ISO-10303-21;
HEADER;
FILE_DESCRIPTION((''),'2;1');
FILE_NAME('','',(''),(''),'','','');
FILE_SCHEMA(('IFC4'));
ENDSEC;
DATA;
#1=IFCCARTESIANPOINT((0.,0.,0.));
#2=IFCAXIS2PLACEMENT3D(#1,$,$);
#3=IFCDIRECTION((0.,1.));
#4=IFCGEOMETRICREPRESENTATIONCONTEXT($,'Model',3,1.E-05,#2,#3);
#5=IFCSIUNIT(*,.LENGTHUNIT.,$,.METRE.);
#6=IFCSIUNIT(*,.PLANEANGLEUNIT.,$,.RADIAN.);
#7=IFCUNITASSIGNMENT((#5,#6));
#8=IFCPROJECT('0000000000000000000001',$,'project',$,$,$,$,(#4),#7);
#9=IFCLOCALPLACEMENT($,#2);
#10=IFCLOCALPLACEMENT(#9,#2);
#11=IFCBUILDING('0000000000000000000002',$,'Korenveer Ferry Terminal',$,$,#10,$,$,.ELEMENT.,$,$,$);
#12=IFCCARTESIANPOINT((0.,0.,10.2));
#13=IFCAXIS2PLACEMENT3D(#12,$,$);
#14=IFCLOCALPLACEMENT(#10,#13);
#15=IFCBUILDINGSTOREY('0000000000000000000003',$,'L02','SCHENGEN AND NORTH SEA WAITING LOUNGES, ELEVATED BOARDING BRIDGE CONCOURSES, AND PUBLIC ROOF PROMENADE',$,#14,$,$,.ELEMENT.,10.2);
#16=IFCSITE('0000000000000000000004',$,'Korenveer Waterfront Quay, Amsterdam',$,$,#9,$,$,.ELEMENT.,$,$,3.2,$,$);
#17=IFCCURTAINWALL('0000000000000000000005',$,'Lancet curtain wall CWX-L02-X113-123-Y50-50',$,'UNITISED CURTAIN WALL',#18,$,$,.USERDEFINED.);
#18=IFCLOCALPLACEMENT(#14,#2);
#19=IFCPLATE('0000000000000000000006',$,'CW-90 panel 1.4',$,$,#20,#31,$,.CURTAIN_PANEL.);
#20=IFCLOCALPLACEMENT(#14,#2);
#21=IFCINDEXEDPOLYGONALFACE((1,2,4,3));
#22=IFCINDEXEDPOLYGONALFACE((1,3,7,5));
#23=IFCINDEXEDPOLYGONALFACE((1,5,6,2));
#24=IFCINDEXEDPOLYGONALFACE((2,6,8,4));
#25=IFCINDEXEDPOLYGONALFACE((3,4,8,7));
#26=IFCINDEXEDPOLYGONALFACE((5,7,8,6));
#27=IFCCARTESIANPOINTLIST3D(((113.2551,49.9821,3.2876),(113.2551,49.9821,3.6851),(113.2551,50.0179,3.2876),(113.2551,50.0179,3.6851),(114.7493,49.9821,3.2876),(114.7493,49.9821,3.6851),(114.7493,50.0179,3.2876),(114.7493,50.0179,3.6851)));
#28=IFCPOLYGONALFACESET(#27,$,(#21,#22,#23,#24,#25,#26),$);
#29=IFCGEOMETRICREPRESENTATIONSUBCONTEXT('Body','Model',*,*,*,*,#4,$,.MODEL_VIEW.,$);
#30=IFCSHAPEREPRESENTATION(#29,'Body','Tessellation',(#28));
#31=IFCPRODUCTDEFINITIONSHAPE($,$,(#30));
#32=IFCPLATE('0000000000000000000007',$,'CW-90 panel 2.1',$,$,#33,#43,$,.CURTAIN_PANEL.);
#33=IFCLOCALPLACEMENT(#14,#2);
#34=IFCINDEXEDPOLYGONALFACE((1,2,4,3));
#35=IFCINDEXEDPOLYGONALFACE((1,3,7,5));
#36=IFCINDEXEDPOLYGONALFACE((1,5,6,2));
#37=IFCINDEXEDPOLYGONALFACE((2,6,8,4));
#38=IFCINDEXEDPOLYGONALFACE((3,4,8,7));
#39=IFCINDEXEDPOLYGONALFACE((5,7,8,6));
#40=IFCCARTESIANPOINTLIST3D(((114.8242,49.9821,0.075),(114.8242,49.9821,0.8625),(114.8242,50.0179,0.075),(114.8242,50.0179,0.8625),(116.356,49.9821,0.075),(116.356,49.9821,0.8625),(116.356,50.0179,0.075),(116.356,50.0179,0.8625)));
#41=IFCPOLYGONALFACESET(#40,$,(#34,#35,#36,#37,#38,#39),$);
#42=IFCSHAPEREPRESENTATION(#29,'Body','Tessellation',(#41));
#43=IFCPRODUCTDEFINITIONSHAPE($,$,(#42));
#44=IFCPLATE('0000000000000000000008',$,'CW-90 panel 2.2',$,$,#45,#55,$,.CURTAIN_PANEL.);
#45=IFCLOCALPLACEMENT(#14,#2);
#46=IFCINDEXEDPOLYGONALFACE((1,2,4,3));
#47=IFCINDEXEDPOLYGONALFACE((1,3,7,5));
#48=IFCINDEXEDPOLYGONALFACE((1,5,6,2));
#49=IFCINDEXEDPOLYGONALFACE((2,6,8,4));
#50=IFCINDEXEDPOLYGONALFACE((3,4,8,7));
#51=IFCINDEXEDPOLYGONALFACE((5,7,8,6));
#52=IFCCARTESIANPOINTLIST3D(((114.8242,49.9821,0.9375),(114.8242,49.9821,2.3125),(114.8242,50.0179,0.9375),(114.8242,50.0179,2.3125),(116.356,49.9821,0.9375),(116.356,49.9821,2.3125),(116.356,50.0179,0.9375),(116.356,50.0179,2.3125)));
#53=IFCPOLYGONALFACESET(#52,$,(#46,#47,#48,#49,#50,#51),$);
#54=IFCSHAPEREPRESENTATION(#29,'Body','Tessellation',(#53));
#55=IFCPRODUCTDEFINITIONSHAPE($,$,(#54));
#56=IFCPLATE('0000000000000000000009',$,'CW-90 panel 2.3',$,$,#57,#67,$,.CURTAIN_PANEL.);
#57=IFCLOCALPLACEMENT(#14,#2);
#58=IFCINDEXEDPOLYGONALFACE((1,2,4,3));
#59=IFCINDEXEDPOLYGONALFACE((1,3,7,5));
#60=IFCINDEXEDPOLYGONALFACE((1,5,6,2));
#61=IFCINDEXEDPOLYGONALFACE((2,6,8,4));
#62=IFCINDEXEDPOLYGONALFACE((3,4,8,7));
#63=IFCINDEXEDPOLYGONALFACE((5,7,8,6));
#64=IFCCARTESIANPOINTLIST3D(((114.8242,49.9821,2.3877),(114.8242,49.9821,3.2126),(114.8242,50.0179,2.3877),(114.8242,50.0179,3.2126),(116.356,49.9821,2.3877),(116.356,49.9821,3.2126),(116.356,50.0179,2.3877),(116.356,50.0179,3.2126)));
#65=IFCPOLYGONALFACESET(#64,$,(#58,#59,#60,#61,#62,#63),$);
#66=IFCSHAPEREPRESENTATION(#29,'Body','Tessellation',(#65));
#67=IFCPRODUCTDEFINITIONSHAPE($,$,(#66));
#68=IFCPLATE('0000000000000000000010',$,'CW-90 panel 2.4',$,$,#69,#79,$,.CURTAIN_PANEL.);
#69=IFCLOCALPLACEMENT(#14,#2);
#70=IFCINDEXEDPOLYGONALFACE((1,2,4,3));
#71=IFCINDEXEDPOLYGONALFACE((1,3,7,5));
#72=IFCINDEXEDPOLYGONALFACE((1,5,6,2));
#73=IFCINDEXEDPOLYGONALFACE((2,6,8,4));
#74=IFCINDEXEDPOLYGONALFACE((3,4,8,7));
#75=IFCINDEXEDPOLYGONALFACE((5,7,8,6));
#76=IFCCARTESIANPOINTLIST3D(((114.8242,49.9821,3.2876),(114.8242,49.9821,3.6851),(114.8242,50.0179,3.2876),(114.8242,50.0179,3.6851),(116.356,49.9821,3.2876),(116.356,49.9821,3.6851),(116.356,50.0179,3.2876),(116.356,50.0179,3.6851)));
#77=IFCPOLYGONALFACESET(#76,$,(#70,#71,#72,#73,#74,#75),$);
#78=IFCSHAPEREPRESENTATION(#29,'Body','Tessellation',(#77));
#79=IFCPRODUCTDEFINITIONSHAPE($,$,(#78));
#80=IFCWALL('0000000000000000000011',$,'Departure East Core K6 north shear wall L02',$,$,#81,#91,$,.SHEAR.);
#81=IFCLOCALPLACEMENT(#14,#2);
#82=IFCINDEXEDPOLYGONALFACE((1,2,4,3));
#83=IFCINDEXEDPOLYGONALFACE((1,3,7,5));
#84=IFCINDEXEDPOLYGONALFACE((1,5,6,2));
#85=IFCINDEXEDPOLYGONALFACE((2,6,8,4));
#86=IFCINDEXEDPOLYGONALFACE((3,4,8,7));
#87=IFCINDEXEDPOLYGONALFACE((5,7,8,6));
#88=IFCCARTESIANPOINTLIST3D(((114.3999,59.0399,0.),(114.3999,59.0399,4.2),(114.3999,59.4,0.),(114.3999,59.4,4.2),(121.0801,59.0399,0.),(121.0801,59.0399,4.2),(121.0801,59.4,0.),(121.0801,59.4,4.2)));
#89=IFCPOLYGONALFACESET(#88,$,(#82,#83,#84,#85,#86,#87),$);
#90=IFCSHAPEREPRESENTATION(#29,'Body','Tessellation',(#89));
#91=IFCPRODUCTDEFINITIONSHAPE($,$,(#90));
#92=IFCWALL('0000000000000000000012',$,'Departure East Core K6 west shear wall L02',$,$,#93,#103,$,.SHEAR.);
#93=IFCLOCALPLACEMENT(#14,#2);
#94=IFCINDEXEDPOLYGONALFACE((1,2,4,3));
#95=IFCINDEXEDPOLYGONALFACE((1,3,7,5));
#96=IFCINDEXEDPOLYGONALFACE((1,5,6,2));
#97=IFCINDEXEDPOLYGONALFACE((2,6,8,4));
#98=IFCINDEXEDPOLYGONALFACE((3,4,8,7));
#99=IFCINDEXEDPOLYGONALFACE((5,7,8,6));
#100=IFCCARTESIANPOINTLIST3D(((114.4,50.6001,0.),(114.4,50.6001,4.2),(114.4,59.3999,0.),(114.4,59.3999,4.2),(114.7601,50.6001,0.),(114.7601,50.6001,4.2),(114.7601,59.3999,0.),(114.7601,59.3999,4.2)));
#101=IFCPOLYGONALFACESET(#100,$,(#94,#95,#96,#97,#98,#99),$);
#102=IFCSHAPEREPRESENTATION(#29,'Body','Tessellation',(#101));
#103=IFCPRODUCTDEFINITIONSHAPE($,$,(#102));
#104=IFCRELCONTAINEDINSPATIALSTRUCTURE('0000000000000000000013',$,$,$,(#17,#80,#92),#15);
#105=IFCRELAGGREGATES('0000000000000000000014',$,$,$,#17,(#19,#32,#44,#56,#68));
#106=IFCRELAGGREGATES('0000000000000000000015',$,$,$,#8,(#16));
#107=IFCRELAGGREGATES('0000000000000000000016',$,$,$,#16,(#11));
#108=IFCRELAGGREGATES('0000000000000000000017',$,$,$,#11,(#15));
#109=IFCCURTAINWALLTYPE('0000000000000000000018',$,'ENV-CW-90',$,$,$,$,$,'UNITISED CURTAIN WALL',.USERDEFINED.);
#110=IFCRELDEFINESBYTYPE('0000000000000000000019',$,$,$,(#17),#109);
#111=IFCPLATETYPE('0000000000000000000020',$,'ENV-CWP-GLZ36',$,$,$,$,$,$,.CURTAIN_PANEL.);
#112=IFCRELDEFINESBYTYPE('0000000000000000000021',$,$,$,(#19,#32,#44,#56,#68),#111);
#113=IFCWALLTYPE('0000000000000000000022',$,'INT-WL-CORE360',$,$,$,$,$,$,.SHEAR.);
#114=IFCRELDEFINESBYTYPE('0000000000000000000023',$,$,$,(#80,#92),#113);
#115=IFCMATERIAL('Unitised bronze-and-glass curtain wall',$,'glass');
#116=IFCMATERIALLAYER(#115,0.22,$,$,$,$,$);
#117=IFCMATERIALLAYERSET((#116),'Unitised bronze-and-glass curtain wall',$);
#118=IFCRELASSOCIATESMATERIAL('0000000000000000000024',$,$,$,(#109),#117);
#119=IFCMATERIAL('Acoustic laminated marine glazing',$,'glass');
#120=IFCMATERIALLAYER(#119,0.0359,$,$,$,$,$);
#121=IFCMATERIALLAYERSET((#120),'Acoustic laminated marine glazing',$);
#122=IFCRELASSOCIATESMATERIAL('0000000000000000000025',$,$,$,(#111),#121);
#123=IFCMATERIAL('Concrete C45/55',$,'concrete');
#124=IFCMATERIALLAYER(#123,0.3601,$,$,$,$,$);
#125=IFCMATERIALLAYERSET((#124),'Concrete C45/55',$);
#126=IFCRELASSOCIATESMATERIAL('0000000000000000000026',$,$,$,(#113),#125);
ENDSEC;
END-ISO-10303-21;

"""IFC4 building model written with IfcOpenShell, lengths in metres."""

from ifc_helpers import new_model, si_unit, direction, frame, frame_2d, origin, origin_2d, place, context, subcontext, project, spatial, rectangle, extrude, material, layer, layer_set, type_object, element, aggregate, save


model = new_model("IFC4")

# Units and contexts
model_context = context("Model", 3, precision=1e-05, world=origin(), true_north=direction((0.0, 1.0)))
body_context = subcontext(model_context, "Body", "Model", "MODEL_VIEW")
ifc_project = project(units=[si_unit("LENGTHUNIT", "METRE"), si_unit("PLANEANGLEUNIT", "RADIAN")], contexts=[model_context])

# Site, building, storey
site_placement = place(None, origin())
site = spatial("IfcSite", under=ifc_project, at=site_placement, Name="Korenveer Waterfront Quay, Amsterdam", CompositionType="ELEMENT", RefElevation=3.2)
building_placement = place(site_placement, origin())
building = spatial("IfcBuilding", under=site, at=building_placement, Name="Korenveer Ferry Terminal", CompositionType="ELEMENT")
storey_placement = place(building_placement, frame((0.0, 0.0, 10.2)))
storey = spatial("IfcBuildingStorey", under=building, at=storey_placement, Name="L02", Description="SCHENGEN AND NORTH SEA WAITING LOUNGES, ELEVATED BOARDING BRIDGE CONCOURSES, AND PUBLIC ROOF PROMENADE", CompositionType="ELEMENT", Elevation=10.2)

# Shared definitions
ifc_material_1 = material(Name="Unitised bronze-and-glass curtain wall", Category="glass")

# Curtain wall
ifc_layer_1 = layer(ifc_material_1, 0.22)
ifc_layer_set_1 = layer_set([ifc_layer_1], Name="Unitised bronze-and-glass curtain wall")
curtain_wall_type_1 = type_object("IfcCurtainWallType", Name="ENV-CW-90", ElementType="UNITISED CURTAIN WALL", PredefinedType="USERDEFINED", material=ifc_layer_set_1)
curtain_wall_1_placement = place(storey_placement, frame((113.1799, 50.0, 0.0)))
curtain_wall_1 = element("IfcCurtainWall", 1, at=curtain_wall_1_placement, inside=storey, type_object=curtain_wall_type_1, Name="Lancet curtain wall CWX-L02-X113-123-Y50-50", ObjectType="UNITISED CURTAIN WALL", PredefinedType="USERDEFINED")

# Plates
ifc_material_2 = material(Name="Acoustic laminated marine glazing", Category="glass")
ifc_layer_2 = layer(ifc_material_2, 0.0359)
ifc_layer_set_2 = layer_set([ifc_layer_2], Name="Acoustic laminated marine glazing")
plate_type = type_object("IfcPlateType", Name="ENV-CWP-GLZ36", PredefinedType="CURTAIN_PANEL", material=ifc_layer_set_2)
plate_1_placement = place(storey_placement, frame((114.0022, 50.0, 3.2876), z_axis=(0.0, 0.0, 1.0), x_axis=(1.0, 0.0, 0.0)))
plate_1 = element("IfcPlate", 2, at=plate_1_placement, type_object=plate_type, Name="CW-90 panel 1.4", PredefinedType="CURTAIN_PANEL", context=body_context, shape_type="SweptSolid", body=[
    extrude(rectangle(XDim=1.4941, YDim=0.0359, at=origin_2d()), origin(), (0.0, 0.0, 1.0), 0.3975),
])
plate_2_placement = place(storey_placement, frame((115.5901, 50.0, 0.075), z_axis=(0.0, 0.0, 1.0), x_axis=(1.0, 0.0, 0.0)))
plate_2 = element("IfcPlate", 3, at=plate_2_placement, type_object=plate_type, Name="CW-90 panel 2.1", PredefinedType="CURTAIN_PANEL", context=body_context, shape_type="SweptSolid", body=[
    extrude(rectangle(XDim=1.5317, YDim=0.0359, at=origin_2d()), origin(), (0.0, 0.0, 1.0), 0.7876),
])
plate_3_placement = place(storey_placement, frame((115.5901, 50.0, 0.9375), z_axis=(0.0, 0.0, 1.0), x_axis=(1.0, 0.0, 0.0)))
plate_3 = element("IfcPlate", 4, at=plate_3_placement, type_object=plate_type, Name="CW-90 panel 2.2", PredefinedType="CURTAIN_PANEL", context=body_context, shape_type="SweptSolid", body=[
    extrude(rectangle(XDim=1.5317, YDim=0.0359, at=origin_2d()), origin(), (0.0, 0.0, 1.0), 1.375),
])
plate_4_placement = place(storey_placement, frame((115.5901, 50.0, 2.3877), z_axis=(0.0, 0.0, 1.0), x_axis=(1.0, 0.0, 0.0)))
plate_4 = element("IfcPlate", 5, at=plate_4_placement, type_object=plate_type, Name="CW-90 panel 2.3", PredefinedType="CURTAIN_PANEL", context=body_context, shape_type="SweptSolid", body=[
    extrude(rectangle(XDim=1.5317, YDim=0.0359, at=origin_2d()), origin(), (0.0, 0.0, 1.0), 0.825),
])
plate_5_placement = place(storey_placement, frame((115.5901, 50.0, 3.2876), z_axis=(0.0, 0.0, 1.0), x_axis=(1.0, 0.0, 0.0)))
plate_5 = element("IfcPlate", 6, at=plate_5_placement, type_object=plate_type, Name="CW-90 panel 2.4", PredefinedType="CURTAIN_PANEL", context=body_context, shape_type="SweptSolid", body=[
    extrude(rectangle(XDim=1.5317, YDim=0.0359, at=origin_2d()), origin(), (0.0, 0.0, 1.0), 0.3975),
])
aggregate(curtain_wall_1, [plate_1, plate_2, plate_3, plate_4, plate_5])

# Shared definitions
ifc_material_3 = material(Name="Concrete C45/55", Category="concrete")
ifc_layer_3 = layer(ifc_material_3, 0.3601)
ifc_layer_set_3 = layer_set([ifc_layer_3], Name="Concrete C45/55")
wall_type = type_object("IfcWallType", Name="INT-WL-CORE360", PredefinedType="SHEAR", material=ifc_layer_set_3)

# Walls
wall_1_placement = place(storey_placement, frame((114.3999, 59.22, 0.0), z_axis=(0.0, 0.0, 1.0), x_axis=(1.0, 0.0, 0.0)))
element("IfcWall", 7, at=wall_1_placement, inside=storey, type_object=wall_type, Name="Departure East Core K6 north shear wall L02", PredefinedType="SHEAR", context=body_context, shape_type="SweptSolid", body=[
    extrude(rectangle(XDim=6.6802, YDim=0.3601, at=frame_2d((3.3401, 0.0))), origin(), (0.0, 0.0, 1.0), 4.2),
])
wall_2_placement = place(storey_placement, frame((114.5801, 50.6001, 0.0), z_axis=(0.0, 0.0, 1.0), x_axis=(0.0, 1.0, 0.0)))
element("IfcWall", 8, at=wall_2_placement, inside=storey, type_object=wall_type, Name="Departure East Core K6 west shear wall L02", PredefinedType="SHEAR", context=body_context, shape_type="SweptSolid", body=[
    extrude(rectangle(XDim=8.7998, YDim=0.3601, at=frame_2d((4.3999, 0.0))), origin(), (0.0, 0.0, 1.0), 4.2),
])

save(model, "model.ifc")
